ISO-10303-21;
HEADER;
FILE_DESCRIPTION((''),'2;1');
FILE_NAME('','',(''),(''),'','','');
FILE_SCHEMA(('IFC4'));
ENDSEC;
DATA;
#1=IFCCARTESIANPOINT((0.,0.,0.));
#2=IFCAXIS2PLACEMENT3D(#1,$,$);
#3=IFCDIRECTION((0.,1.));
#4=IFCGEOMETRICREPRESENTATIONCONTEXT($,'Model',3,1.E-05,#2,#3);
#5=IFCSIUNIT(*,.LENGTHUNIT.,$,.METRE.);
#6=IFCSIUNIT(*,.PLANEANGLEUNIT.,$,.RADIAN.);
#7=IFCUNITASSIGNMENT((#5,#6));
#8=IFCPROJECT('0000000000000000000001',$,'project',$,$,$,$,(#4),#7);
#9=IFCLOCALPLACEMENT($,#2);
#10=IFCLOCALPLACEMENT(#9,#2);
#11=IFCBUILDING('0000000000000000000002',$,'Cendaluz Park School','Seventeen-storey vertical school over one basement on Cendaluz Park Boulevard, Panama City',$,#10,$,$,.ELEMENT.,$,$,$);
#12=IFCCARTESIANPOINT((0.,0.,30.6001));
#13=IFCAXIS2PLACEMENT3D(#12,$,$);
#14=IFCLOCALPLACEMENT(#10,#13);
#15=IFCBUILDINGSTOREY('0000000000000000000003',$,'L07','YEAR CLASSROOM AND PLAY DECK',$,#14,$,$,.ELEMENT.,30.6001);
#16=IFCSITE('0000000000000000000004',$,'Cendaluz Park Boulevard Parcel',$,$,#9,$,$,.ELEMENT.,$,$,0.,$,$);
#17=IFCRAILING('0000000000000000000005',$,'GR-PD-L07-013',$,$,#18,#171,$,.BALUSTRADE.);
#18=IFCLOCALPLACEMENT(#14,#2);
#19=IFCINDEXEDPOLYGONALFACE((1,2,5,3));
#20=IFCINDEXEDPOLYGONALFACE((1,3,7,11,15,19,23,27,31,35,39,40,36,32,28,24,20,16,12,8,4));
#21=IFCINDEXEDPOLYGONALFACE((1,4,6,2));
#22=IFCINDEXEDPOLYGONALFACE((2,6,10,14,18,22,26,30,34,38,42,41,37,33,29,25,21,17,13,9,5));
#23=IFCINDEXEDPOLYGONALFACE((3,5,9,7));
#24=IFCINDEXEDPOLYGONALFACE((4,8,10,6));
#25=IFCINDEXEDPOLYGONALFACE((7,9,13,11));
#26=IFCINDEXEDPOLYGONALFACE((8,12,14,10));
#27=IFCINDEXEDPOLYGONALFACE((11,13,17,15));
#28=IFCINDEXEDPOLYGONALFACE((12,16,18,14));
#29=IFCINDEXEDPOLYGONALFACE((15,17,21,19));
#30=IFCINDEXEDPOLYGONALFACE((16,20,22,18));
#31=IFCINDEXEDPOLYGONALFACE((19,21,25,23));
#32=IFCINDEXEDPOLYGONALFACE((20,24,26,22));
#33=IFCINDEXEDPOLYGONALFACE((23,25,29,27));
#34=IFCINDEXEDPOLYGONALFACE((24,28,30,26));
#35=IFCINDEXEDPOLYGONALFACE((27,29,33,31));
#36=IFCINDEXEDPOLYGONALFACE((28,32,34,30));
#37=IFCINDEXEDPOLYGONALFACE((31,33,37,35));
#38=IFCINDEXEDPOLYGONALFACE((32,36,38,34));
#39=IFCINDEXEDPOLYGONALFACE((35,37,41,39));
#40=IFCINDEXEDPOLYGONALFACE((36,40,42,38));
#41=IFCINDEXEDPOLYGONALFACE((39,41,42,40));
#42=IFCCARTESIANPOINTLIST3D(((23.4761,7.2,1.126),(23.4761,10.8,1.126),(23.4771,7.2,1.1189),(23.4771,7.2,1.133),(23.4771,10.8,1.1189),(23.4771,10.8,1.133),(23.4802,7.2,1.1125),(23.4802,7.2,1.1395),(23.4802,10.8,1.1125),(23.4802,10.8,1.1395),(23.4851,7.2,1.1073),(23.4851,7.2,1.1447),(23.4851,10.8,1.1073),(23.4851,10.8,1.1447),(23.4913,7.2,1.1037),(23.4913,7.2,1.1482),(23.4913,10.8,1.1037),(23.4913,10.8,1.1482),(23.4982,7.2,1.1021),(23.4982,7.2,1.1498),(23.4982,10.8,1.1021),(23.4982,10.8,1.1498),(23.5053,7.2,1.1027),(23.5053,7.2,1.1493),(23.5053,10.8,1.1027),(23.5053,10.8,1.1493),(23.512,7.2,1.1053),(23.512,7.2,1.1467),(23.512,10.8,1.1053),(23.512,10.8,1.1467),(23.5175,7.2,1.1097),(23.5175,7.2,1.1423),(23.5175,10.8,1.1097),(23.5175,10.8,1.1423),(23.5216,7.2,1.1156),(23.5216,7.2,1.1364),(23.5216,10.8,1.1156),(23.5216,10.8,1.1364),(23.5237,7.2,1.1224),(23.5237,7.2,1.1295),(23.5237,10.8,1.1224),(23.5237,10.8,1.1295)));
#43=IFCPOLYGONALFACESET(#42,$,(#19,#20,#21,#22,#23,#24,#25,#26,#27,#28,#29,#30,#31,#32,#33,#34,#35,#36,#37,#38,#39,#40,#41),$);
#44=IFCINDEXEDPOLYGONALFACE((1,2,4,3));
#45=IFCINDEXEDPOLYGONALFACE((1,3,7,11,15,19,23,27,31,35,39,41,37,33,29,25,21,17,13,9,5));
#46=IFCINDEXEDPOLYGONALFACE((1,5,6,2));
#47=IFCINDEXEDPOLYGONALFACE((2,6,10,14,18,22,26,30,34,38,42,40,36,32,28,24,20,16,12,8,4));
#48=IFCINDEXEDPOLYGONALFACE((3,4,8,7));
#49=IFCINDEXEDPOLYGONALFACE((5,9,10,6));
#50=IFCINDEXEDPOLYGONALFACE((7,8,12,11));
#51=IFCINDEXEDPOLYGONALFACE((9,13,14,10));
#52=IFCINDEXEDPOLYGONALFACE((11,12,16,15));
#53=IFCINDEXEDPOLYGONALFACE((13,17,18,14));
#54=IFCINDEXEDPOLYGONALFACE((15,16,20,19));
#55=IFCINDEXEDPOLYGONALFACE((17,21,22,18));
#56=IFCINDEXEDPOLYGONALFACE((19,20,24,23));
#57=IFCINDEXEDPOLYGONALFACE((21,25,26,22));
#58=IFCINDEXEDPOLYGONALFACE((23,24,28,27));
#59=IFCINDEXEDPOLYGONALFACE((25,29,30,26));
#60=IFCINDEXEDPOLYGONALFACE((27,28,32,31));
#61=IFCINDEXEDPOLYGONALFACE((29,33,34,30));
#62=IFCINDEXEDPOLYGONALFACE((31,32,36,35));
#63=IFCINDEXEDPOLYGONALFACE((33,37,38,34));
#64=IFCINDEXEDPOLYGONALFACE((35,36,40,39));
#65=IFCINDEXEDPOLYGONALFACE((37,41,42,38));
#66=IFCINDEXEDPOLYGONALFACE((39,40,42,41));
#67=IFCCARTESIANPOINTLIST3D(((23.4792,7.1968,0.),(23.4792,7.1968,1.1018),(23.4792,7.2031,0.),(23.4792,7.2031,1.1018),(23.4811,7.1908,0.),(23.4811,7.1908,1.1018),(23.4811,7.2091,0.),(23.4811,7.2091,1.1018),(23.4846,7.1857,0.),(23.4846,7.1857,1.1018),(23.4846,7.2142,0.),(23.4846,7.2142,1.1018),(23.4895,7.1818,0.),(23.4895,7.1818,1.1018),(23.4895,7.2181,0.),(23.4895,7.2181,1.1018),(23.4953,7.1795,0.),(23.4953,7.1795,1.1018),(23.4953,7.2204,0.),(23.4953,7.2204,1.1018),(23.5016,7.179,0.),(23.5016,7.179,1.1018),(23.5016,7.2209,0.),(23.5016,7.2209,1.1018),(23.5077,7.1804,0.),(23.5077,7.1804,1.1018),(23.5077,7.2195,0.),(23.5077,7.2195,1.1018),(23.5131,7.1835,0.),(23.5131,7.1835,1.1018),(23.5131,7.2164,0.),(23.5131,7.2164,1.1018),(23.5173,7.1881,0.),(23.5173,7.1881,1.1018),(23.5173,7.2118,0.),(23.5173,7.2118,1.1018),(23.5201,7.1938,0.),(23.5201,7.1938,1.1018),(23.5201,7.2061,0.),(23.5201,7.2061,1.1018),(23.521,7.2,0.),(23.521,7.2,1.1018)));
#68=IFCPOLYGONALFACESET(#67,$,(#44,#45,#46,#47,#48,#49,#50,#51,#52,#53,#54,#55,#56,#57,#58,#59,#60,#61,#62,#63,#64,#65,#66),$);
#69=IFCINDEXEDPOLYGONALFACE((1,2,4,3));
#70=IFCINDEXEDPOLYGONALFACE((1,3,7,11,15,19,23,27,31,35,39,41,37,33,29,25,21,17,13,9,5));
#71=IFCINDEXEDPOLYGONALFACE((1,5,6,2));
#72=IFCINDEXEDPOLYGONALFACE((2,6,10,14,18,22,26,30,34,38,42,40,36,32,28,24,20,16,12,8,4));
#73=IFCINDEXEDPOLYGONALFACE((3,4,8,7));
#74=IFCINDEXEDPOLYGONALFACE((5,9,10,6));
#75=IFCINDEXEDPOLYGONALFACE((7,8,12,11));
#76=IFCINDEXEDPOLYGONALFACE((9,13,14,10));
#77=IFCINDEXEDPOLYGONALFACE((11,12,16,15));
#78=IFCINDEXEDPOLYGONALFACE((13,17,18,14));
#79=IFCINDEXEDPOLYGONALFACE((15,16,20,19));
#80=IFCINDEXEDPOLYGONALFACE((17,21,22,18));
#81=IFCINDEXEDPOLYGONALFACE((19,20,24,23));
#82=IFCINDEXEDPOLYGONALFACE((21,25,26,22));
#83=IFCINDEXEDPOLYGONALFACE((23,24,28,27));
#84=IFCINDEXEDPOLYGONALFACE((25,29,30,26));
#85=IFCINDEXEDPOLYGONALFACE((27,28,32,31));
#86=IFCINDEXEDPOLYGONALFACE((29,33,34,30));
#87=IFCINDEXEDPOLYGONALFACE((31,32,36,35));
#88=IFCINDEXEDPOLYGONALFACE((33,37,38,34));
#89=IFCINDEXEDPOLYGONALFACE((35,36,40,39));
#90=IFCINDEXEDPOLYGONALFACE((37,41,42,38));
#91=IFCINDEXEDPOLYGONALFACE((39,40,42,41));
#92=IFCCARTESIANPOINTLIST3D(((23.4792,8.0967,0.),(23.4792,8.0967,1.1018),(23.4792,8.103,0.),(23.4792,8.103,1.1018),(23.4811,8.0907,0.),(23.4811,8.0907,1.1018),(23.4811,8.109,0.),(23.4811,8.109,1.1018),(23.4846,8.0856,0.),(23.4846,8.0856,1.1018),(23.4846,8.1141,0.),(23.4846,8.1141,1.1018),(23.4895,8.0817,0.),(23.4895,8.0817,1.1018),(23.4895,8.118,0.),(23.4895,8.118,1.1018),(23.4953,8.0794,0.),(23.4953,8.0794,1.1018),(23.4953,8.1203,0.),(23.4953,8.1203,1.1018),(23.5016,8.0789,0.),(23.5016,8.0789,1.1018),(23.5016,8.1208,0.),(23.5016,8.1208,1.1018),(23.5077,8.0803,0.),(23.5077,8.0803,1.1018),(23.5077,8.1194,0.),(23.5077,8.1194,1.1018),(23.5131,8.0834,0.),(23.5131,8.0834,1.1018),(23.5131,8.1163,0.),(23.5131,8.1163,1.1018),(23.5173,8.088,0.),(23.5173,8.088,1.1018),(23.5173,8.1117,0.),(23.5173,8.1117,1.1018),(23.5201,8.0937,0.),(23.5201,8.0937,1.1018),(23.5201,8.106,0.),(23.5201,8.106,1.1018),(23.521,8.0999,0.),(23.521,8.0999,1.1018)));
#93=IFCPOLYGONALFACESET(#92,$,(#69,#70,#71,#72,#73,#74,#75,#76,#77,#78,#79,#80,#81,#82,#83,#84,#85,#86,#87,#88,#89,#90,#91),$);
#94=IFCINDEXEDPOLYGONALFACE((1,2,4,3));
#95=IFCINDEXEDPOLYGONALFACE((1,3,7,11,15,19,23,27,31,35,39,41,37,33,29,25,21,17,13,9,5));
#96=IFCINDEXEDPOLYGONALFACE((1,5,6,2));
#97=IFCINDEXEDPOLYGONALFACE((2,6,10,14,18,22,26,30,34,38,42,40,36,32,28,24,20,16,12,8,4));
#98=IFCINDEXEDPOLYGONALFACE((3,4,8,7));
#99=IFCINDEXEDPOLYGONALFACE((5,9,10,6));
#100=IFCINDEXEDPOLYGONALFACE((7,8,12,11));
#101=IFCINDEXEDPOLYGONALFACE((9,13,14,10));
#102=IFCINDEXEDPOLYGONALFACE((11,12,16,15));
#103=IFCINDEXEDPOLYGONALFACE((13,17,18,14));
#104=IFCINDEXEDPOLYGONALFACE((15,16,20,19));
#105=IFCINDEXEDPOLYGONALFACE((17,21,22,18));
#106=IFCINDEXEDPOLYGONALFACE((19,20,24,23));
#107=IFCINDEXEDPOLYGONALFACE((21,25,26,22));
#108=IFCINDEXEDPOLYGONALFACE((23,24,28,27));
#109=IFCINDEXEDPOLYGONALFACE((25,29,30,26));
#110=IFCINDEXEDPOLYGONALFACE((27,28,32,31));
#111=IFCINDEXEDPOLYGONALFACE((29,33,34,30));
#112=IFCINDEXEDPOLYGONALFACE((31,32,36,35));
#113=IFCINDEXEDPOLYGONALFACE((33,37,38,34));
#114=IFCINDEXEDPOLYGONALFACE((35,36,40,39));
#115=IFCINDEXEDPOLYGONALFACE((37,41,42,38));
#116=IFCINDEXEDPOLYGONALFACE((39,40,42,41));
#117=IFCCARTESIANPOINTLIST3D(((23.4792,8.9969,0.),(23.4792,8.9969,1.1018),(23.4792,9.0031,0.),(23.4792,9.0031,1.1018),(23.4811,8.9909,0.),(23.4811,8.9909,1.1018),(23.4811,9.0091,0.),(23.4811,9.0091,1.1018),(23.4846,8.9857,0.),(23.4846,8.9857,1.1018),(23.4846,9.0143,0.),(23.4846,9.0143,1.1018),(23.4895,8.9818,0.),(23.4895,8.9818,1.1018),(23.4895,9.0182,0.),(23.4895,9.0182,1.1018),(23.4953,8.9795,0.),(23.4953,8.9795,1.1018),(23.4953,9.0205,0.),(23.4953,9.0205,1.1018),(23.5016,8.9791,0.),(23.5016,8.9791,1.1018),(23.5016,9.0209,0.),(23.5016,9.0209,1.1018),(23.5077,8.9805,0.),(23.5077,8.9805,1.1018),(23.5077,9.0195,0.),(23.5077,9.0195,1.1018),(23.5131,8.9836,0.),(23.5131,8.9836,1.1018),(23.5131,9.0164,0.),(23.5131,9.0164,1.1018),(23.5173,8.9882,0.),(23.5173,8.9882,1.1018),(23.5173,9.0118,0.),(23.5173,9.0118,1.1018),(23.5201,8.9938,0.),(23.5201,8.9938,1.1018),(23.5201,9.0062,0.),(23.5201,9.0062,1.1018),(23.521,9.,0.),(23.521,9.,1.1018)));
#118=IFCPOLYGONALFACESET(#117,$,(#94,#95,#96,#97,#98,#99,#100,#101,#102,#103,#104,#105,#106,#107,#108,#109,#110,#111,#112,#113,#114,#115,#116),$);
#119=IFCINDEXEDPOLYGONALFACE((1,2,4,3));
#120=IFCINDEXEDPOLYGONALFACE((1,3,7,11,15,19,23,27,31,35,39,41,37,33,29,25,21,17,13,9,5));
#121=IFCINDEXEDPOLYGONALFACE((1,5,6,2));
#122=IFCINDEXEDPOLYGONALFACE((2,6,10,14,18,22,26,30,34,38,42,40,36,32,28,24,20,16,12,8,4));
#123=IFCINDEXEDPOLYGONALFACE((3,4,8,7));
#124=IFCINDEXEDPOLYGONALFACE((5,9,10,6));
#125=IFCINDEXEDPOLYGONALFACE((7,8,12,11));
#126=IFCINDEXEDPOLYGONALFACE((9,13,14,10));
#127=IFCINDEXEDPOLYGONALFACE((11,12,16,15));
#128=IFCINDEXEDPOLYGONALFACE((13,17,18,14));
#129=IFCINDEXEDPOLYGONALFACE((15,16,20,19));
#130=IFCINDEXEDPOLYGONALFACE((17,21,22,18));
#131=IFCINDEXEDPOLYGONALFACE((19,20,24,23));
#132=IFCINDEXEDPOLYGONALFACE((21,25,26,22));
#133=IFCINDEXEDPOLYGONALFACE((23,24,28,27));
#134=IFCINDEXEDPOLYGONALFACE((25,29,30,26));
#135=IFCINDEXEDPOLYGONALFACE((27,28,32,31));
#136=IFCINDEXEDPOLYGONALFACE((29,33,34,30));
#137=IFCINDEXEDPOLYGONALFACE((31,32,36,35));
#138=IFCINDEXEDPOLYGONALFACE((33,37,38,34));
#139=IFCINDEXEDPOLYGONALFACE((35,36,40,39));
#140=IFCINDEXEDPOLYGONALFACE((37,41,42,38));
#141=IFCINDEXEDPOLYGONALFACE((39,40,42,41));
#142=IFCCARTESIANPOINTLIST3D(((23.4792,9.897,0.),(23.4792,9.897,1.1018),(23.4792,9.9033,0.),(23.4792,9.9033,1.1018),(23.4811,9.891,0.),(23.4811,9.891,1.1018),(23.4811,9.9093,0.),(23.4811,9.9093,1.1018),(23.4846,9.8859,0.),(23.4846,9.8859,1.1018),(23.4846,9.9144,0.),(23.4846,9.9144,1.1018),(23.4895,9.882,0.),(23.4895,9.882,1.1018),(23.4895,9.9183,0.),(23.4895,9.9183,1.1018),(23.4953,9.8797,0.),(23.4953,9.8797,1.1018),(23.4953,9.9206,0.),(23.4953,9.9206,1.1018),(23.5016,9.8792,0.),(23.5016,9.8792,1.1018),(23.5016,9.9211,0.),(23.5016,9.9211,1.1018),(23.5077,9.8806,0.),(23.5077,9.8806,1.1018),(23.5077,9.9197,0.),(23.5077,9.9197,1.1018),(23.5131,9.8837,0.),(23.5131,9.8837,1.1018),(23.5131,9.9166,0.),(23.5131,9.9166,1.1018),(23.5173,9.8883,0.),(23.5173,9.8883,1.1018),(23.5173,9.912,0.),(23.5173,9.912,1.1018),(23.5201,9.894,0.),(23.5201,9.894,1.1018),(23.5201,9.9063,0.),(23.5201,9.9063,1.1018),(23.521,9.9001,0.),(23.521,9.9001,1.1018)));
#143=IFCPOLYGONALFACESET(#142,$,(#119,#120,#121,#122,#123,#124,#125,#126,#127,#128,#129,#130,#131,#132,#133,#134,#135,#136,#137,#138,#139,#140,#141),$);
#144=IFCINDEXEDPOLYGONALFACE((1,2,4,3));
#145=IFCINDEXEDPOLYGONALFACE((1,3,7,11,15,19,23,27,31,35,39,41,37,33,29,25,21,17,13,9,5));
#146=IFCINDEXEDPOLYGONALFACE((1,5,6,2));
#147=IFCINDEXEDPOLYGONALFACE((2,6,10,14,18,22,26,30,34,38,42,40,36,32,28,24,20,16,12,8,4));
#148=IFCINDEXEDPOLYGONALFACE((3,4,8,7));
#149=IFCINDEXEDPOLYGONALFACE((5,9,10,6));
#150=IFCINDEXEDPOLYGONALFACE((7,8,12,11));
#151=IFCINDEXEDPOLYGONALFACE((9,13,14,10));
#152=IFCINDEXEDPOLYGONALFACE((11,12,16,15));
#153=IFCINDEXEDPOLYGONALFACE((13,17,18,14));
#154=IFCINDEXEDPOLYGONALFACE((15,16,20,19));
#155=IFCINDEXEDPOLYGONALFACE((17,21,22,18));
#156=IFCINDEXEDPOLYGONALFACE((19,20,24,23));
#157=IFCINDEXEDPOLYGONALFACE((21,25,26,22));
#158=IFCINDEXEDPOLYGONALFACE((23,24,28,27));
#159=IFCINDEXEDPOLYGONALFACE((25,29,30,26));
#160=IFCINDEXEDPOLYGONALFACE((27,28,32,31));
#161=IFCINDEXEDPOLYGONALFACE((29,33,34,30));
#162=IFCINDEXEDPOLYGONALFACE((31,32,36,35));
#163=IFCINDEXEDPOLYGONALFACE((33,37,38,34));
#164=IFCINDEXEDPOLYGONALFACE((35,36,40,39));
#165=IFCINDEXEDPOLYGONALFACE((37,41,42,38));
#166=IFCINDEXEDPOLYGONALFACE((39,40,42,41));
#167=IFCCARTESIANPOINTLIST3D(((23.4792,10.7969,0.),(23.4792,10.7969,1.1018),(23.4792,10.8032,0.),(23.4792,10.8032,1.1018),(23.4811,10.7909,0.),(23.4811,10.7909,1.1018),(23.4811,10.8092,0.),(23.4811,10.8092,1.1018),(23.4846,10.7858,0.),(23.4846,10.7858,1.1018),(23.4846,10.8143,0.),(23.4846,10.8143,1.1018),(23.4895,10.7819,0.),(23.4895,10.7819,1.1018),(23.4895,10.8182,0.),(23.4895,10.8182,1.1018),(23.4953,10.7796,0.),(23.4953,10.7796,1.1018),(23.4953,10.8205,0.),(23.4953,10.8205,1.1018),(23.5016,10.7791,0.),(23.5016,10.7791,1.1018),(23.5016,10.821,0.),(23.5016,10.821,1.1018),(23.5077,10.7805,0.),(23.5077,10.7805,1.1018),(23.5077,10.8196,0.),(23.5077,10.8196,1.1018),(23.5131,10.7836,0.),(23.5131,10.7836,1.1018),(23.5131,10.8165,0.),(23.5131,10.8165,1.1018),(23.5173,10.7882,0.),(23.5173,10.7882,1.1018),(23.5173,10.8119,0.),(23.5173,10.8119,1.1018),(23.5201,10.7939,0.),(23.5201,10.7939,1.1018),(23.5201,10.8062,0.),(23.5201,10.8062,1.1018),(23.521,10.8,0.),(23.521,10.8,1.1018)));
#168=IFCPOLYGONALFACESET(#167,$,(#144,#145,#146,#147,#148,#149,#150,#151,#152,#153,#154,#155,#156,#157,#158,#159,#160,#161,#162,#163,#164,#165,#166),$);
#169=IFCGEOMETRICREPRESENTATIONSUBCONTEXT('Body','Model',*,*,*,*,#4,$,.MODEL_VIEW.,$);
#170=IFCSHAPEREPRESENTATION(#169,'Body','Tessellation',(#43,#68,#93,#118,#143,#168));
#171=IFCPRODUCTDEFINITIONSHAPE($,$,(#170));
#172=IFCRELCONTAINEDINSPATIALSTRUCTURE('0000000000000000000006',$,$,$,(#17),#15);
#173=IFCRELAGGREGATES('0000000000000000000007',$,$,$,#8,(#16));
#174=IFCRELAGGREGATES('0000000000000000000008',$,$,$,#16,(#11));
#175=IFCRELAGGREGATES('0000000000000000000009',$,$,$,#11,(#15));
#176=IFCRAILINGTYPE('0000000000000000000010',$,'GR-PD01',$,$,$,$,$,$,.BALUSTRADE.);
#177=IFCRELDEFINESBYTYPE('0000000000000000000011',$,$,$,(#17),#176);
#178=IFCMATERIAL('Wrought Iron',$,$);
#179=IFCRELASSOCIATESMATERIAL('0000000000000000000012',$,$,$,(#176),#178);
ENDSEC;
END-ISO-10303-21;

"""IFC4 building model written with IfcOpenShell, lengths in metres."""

from ifc_helpers import new_model, si_unit, direction, frame, origin, origin_2d, place, context, subcontext, project, spatial, circle, extrude, material, type_object, element, save


model = new_model("IFC4")

# Units and contexts
model_context = context("Model", 3, precision=1e-05, world=origin(), true_north=direction((0.0, 1.0)))
body_context = subcontext(model_context, "Body", "Model", "MODEL_VIEW")
ifc_project = project(units=[si_unit("LENGTHUNIT", "METRE"), si_unit("PLANEANGLEUNIT", "RADIAN")], contexts=[model_context])

# Site, building, storey
site_placement = place(None, origin())
site = spatial("IfcSite", under=ifc_project, at=site_placement, Name="Cendaluz Park Boulevard Parcel", CompositionType="ELEMENT", RefElevation=0.0)
building_placement = place(site_placement, origin())
building = spatial("IfcBuilding", under=site, at=building_placement, Name="Cendaluz Park School", Description="Seventeen-storey vertical school over one basement on Cendaluz Park Boulevard, Panama City", CompositionType="ELEMENT")
storey_placement = place(building_placement, frame((0.0, 0.0, 30.6001)))
storey = spatial("IfcBuildingStorey", under=building, at=storey_placement, Name="L07", Description="YEAR CLASSROOM AND PLAY DECK", CompositionType="ELEMENT", Elevation=30.6001)

# Railing
ifc_material_1 = material(Name="Wrought Iron")
railing_type_1 = type_object("IfcRailingType", Name="GR-PD01", PredefinedType="BALUSTRADE", material=ifc_material_1)
railing_1_placement = place(storey_placement, frame((23.5, 7.2, 0.0)))
element("IfcRailing", 1, at=railing_1_placement, inside=storey, type_object=railing_type_1, Name="GR-PD-L07-013", PredefinedType="BALUSTRADE", context=body_context, shape_type="SweptSolid", body=[
    extrude(circle(Radius=0.0239, at=origin_2d()), frame((0.0, 0.0, 1.126), z_axis=(0.0, 1.0, 0.0), x_axis=(-1.0, 0.0, 0.0)), (0.0, 0.0, 1.0), 3.6001),
    extrude(circle(Radius=0.021, at=origin_2d()), origin(), (0.0, 0.0, 1.0), 1.1018),
    extrude(circle(Radius=0.021, at=origin_2d()), frame((0.0, 0.8999, 0.0)), (0.0, 0.0, 1.0), 1.1018),
    extrude(circle(Radius=0.021, at=origin_2d()), frame((0.0, 1.8, 0.0)), (0.0, 0.0, 1.0), 1.1018),
    extrude(circle(Radius=0.021, at=origin_2d()), frame((0.0, 2.7002, 0.0)), (0.0, 0.0, 1.0), 1.1018),
    extrude(circle(Radius=0.021, at=origin_2d()), frame((0.0, 3.6001, 0.0)), (0.0, 0.0, 1.0), 1.1018),
])

save(model, "model.ifc")
